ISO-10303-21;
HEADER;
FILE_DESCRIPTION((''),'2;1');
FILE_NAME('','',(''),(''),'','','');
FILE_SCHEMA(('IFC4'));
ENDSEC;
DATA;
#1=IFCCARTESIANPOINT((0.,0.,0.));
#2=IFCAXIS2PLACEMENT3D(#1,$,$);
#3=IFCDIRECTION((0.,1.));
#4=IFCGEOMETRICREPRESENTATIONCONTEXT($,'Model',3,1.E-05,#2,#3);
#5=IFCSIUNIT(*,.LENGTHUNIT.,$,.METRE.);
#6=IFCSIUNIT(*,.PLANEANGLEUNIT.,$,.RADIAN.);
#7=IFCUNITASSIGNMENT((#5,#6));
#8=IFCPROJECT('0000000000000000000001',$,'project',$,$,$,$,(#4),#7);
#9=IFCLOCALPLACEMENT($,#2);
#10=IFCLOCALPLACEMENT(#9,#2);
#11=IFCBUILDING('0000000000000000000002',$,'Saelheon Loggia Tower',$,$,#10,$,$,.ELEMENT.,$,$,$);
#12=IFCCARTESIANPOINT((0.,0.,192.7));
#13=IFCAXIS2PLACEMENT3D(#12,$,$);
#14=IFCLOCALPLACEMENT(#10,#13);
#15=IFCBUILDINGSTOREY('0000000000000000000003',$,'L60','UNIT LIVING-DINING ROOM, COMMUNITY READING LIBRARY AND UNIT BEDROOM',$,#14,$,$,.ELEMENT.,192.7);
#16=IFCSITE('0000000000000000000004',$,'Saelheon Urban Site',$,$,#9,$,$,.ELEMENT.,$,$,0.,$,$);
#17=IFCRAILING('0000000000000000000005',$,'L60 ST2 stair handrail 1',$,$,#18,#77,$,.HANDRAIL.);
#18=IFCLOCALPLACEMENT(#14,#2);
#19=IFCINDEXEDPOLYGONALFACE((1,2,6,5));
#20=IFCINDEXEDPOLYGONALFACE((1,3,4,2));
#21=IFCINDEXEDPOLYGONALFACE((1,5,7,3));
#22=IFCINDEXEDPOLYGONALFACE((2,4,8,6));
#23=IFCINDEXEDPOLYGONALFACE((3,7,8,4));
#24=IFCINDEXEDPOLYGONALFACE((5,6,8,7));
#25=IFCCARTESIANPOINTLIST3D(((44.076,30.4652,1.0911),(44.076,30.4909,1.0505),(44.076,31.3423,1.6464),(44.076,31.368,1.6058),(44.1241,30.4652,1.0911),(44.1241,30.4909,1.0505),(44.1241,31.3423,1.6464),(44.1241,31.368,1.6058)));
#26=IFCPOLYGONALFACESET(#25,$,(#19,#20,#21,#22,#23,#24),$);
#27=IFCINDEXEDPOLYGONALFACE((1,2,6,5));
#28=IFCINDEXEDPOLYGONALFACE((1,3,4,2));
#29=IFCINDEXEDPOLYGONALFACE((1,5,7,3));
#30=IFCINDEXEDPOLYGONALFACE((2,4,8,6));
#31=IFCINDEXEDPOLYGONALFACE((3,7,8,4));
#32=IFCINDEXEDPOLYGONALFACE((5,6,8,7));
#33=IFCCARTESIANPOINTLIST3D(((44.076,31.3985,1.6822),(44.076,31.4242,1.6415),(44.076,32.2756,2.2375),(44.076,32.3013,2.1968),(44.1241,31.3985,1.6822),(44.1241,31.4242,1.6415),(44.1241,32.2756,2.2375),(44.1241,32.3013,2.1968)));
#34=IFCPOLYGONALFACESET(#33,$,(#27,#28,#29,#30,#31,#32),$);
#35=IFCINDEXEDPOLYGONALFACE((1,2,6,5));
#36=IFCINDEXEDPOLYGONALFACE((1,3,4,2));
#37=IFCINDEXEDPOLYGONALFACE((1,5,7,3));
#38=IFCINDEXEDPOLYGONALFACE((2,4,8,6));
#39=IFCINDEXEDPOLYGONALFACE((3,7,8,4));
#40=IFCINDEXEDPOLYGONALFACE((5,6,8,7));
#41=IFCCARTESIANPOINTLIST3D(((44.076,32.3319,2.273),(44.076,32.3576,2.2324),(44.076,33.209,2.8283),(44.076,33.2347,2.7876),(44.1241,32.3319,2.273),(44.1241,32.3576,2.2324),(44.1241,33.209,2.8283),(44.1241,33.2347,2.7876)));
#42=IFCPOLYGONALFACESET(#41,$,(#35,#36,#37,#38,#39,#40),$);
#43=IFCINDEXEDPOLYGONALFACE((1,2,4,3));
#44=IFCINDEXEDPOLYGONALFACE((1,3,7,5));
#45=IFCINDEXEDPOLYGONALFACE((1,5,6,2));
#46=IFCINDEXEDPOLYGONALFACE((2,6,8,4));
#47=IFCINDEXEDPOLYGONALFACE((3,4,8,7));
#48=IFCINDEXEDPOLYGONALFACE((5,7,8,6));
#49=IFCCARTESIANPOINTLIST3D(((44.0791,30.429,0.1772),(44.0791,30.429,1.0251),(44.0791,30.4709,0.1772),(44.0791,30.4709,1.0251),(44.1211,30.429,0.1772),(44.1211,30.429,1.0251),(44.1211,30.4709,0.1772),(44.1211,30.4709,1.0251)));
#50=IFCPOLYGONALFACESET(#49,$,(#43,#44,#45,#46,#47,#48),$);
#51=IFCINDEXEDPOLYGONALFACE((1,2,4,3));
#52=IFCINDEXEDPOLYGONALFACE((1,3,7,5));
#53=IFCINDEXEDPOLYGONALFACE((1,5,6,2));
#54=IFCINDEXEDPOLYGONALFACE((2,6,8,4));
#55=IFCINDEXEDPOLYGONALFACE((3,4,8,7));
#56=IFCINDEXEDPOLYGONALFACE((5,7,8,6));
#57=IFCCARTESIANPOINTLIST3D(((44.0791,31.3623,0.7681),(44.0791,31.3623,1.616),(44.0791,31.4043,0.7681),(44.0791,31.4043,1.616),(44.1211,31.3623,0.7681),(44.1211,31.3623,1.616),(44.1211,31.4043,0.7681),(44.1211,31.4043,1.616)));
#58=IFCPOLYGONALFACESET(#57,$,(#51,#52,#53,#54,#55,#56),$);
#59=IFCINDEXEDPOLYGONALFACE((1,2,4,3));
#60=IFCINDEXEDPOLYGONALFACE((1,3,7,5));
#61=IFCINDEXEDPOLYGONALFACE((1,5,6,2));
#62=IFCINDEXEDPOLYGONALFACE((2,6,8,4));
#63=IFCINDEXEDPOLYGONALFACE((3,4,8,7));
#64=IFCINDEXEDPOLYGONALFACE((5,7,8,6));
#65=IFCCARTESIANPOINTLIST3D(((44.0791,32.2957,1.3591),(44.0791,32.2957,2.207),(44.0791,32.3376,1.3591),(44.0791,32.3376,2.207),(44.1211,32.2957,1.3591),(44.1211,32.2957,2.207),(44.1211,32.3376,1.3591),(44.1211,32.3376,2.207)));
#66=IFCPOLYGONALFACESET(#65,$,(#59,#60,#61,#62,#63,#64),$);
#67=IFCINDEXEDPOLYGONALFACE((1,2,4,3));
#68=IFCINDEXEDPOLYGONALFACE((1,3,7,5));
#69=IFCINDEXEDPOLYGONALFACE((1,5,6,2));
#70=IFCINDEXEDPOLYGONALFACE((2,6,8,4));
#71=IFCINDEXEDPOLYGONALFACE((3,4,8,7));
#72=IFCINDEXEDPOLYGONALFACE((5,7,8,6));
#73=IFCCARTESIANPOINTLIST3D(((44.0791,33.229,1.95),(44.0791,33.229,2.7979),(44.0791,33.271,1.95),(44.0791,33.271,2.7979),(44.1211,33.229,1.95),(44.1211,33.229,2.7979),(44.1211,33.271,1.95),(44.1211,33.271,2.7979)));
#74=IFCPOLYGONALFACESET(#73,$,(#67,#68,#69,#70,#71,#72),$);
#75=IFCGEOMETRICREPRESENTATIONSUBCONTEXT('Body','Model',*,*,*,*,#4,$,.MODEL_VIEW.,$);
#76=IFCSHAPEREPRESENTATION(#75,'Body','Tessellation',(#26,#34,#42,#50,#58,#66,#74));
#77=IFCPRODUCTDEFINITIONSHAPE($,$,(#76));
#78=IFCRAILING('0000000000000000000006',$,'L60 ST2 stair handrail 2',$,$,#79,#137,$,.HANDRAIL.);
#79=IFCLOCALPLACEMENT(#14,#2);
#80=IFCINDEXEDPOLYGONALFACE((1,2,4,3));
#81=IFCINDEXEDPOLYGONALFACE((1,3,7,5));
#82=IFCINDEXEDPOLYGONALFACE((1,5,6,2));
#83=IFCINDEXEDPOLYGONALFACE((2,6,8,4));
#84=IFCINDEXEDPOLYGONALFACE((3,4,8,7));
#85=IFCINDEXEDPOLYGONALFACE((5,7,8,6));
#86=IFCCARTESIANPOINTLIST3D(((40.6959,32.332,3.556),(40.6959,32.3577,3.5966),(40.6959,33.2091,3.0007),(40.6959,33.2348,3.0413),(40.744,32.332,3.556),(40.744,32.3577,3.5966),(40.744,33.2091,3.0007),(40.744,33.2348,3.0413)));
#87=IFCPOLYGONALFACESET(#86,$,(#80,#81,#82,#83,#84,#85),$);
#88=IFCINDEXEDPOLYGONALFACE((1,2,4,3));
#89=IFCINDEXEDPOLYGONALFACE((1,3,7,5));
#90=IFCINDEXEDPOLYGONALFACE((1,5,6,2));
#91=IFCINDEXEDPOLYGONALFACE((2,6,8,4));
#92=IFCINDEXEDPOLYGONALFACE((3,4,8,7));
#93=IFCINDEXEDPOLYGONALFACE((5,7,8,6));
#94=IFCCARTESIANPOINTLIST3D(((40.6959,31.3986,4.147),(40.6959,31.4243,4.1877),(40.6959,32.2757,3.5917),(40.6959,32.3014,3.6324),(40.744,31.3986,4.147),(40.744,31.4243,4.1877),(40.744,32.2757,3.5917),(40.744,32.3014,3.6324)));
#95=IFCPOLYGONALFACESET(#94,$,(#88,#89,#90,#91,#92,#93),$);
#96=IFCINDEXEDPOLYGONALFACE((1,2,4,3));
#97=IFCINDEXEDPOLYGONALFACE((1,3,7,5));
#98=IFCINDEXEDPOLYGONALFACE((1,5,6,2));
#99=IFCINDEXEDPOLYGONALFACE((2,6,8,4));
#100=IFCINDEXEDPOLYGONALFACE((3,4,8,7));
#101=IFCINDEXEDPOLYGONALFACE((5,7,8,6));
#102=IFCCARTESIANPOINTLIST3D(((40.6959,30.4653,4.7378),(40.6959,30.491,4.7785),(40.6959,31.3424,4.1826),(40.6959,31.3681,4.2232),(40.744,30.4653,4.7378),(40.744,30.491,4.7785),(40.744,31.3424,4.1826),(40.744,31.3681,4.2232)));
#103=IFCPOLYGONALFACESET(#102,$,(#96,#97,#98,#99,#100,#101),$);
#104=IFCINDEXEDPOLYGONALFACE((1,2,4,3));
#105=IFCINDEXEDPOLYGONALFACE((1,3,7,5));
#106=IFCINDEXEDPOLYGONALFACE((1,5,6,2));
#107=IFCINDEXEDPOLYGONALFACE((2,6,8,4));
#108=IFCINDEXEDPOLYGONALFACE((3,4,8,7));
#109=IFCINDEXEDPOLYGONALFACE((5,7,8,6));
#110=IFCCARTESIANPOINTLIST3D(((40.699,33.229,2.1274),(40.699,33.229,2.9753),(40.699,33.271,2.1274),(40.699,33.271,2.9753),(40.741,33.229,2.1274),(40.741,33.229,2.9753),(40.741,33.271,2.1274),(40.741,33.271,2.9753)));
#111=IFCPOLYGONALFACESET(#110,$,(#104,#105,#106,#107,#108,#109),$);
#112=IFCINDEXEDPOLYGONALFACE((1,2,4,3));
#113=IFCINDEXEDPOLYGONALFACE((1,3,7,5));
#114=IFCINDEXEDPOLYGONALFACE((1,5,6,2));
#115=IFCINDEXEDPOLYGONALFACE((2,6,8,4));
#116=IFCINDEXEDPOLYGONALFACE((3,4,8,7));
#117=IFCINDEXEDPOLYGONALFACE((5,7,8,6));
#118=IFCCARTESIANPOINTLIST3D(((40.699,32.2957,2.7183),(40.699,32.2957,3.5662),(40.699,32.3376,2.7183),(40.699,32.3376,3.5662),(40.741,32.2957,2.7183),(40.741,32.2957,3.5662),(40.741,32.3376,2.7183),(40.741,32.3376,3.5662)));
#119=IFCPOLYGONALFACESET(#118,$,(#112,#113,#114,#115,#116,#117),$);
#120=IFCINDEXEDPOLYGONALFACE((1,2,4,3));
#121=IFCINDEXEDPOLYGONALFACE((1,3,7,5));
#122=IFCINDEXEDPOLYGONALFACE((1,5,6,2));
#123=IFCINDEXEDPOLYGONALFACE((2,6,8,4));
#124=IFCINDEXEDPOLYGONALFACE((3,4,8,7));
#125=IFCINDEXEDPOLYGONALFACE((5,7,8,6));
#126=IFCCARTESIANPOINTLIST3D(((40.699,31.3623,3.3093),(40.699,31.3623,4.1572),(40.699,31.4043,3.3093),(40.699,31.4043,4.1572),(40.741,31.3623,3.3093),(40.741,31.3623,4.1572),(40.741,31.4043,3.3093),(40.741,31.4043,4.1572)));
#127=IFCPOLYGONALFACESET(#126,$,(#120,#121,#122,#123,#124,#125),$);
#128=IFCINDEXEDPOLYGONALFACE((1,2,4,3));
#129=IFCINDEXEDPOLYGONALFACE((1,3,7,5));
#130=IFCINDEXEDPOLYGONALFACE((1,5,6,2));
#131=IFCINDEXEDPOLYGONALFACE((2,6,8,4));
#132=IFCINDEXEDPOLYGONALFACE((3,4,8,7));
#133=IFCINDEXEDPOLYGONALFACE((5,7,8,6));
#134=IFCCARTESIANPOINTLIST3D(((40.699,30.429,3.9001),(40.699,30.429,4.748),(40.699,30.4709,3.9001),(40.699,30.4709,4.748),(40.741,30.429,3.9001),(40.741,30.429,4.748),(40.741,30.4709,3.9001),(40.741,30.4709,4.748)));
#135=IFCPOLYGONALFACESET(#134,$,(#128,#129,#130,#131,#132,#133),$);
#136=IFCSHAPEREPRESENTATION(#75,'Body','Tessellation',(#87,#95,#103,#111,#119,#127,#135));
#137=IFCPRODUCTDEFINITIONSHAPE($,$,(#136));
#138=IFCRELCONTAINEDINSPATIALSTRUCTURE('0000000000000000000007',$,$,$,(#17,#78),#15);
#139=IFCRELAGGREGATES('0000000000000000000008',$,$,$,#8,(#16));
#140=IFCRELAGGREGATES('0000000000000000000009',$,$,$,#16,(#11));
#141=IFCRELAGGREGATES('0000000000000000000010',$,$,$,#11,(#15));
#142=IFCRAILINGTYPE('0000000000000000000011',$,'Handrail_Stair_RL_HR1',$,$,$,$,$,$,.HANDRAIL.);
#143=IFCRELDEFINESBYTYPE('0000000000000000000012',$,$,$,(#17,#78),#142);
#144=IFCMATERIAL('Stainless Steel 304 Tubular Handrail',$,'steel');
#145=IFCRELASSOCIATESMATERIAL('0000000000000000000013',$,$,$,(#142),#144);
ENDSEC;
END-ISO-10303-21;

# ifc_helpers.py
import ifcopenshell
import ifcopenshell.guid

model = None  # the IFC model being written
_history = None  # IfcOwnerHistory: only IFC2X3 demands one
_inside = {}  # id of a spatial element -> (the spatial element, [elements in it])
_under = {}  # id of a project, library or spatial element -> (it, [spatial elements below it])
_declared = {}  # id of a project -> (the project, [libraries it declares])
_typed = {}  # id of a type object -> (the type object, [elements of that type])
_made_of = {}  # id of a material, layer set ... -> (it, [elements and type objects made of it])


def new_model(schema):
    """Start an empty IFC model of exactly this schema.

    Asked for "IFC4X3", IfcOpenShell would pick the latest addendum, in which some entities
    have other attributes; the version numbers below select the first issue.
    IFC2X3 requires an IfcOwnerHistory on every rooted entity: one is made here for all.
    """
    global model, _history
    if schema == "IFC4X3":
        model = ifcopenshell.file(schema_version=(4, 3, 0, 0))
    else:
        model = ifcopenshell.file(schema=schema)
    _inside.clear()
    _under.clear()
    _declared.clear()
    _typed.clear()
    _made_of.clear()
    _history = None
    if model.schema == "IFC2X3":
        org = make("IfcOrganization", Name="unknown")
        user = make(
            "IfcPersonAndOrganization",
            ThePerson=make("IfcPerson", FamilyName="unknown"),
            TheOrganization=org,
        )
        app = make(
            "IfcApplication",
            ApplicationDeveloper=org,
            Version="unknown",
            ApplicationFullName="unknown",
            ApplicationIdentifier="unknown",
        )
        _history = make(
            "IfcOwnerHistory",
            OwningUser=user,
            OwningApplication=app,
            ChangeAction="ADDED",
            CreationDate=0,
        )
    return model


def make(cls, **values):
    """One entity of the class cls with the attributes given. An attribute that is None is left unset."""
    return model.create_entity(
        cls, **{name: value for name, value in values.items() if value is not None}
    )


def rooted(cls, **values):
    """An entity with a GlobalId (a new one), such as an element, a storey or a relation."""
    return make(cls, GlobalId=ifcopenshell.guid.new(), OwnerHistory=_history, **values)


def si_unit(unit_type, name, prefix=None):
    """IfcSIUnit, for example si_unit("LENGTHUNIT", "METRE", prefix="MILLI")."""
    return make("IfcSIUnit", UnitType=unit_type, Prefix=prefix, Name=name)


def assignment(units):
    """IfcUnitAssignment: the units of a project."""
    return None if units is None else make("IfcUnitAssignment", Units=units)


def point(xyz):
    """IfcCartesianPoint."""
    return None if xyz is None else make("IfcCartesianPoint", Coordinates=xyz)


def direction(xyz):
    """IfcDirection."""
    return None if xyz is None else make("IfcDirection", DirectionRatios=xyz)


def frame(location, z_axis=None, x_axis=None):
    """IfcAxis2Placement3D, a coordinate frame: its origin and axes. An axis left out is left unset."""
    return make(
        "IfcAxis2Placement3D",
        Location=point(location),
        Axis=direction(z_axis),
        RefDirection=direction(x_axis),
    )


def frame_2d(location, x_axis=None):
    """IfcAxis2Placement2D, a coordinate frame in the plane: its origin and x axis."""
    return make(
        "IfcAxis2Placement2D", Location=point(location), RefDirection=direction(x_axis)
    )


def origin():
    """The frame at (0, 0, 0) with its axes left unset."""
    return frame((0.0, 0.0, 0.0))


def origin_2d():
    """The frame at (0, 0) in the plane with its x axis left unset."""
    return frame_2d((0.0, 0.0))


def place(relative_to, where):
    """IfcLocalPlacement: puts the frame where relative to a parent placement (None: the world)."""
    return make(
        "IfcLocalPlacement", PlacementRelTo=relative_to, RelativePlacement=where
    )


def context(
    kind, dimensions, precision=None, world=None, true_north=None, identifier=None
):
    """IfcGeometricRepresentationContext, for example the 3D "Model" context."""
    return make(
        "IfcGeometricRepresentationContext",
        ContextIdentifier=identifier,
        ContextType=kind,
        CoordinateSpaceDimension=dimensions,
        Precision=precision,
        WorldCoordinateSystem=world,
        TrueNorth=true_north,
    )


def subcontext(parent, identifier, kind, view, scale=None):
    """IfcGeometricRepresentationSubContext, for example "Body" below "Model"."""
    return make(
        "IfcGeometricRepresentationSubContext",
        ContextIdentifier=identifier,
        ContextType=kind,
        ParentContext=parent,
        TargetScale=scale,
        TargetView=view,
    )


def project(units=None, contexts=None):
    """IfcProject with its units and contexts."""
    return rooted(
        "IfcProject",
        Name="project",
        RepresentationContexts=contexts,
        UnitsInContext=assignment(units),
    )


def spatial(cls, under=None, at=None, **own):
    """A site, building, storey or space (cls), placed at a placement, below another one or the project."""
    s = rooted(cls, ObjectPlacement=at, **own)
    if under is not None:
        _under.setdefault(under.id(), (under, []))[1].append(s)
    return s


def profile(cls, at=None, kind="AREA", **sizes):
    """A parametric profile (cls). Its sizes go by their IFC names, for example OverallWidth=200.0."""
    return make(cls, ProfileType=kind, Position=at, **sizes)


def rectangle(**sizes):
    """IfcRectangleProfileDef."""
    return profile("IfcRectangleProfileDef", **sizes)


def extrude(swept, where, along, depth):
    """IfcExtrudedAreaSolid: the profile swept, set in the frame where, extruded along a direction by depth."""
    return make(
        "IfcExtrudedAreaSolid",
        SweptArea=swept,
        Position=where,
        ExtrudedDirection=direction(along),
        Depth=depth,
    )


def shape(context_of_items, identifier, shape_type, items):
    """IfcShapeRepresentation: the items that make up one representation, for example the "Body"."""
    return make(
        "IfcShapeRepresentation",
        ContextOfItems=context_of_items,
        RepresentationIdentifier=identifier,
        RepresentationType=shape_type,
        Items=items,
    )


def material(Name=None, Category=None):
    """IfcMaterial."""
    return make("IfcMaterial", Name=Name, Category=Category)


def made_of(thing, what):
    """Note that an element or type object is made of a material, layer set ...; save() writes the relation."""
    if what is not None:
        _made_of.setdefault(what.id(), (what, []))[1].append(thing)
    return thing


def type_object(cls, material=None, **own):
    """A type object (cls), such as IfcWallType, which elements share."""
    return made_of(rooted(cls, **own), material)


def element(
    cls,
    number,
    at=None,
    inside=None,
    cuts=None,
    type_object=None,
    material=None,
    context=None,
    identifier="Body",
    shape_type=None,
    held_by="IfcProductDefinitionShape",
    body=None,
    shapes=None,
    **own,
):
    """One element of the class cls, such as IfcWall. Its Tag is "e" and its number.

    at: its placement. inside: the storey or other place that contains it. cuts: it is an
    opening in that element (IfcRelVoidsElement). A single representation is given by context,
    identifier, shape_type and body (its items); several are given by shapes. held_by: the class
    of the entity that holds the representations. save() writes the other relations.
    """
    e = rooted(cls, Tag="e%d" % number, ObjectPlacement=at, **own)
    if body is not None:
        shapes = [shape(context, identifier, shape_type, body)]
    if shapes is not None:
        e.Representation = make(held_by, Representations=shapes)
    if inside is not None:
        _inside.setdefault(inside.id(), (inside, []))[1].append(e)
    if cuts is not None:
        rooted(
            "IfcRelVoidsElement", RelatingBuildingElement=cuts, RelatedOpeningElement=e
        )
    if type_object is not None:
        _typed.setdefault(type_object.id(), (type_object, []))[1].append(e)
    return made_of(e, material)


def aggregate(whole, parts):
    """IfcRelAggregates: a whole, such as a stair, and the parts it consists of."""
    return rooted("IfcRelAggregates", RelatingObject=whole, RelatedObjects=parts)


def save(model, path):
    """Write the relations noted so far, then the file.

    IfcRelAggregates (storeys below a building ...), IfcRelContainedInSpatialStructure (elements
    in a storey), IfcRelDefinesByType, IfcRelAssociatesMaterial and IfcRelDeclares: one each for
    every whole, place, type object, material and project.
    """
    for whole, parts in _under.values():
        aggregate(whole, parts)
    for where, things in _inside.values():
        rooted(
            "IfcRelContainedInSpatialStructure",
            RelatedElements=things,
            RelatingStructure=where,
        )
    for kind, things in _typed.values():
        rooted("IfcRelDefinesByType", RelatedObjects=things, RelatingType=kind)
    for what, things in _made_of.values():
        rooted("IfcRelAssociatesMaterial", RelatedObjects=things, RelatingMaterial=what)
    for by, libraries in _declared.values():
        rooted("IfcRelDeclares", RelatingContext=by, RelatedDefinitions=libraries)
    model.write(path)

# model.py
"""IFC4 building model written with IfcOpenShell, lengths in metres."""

from ifc_helpers import new_model, si_unit, direction, frame, origin, origin_2d, place, context, subcontext, project, spatial, rectangle, extrude, material, type_object, element, save


model = new_model("IFC4")

# Units and contexts
model_context = context("Model", 3, precision=1e-05, world=origin(), true_north=direction((0.0, 1.0)))
body_context = subcontext(model_context, "Body", "Model", "MODEL_VIEW")
ifc_project = project(units=[si_unit("LENGTHUNIT", "METRE"), si_unit("PLANEANGLEUNIT", "RADIAN")], contexts=[model_context])

# Site, building, storey
site_placement = place(None, origin())
site = spatial("IfcSite", under=ifc_project, at=site_placement, Name="Saelheon Urban Site", CompositionType="ELEMENT", RefElevation=0.0)
building_placement = place(site_placement, origin())
building = spatial("IfcBuilding", under=site, at=building_placement, Name="Saelheon Loggia Tower", CompositionType="ELEMENT")
storey_placement = place(building_placement, frame((0.0, 0.0, 192.7)))
storey = spatial("IfcBuildingStorey", under=building, at=storey_placement, Name="L60", Description="UNIT LIVING-DINING ROOM, COMMUNITY READING LIBRARY AND UNIT BEDROOM", CompositionType="ELEMENT", Elevation=192.7)

# Railings
ifc_material_1 = material(Name="Stainless Steel 304 Tubular Handrail", Category="steel")
railing_type_1 = type_object("IfcRailingType", Name="Handrail_Stair_RL_HR1", PredefinedType="HANDRAIL", material=ifc_material_1)
railing_1_placement = place(storey_placement, frame((44.1001, 30.45, 0.1772)))
element("IfcRailing", 1, at=railing_1_placement, inside=storey, type_object=railing_type_1, Name="L60 ST2 stair handrail 1", PredefinedType="HANDRAIL", context=body_context, shape_type="SweptSolid", body=[
    extrude(rectangle(XDim=0.0481, YDim=0.0481, at=origin_2d()), frame((0.0, 0.0281, 0.8936), z_axis=(0.0, 0.844909, 0.53491), x_axis=(-1.0, 0.0, 0.0)), (0.0, 0.0, 1.0), 1.0381),
    extrude(rectangle(XDim=0.0481, YDim=0.0481, at=origin_2d()), frame((0.0, 0.9614, 1.4846), z_axis=(0.0, 0.844909, 0.53491), x_axis=(-1.0, 0.0, 0.0)), (0.0, 0.0, 1.0), 1.0381),
    extrude(rectangle(XDim=0.0481, YDim=0.0481, at=origin_2d()), frame((0.0, 1.8948, 2.0754), z_axis=(0.0, 0.844909, 0.53491), x_axis=(-1.0, 0.0, 0.0)), (0.0, 0.0, 1.0), 1.0381),
    extrude(rectangle(XDim=0.042, YDim=0.042, at=origin_2d()), origin(), (0.0, 0.0, 1.0), 0.8479),
    extrude(rectangle(XDim=0.042, YDim=0.042, at=origin_2d()), frame((0.0, 0.9333, 0.5908)), (0.0, 0.0, 1.0), 0.8479),
    extrude(rectangle(XDim=0.042, YDim=0.042, at=origin_2d()), frame((0.0, 1.8667, 1.1819)), (0.0, 0.0, 1.0), 0.8479),
    extrude(rectangle(XDim=0.042, YDim=0.042, at=origin_2d()), frame((0.0, 2.8, 1.7727)), (0.0, 0.0, 1.0), 0.8479),
])
railing_2_placement = place(storey_placement, frame((40.72, 33.25, 2.1274)))
element("IfcRailing", 2, at=railing_2_placement, inside=storey, type_object=railing_type_1, Name="L60 ST2 stair handrail 2", PredefinedType="HANDRAIL", context=body_context, shape_type="SweptSolid", body=[
    extrude(rectangle(XDim=0.0481, YDim=0.0481, at=origin_2d()), frame((0.0, -0.0281, 0.8936), z_axis=(0.0, -0.844909, 0.53491), x_axis=(1.0, 0.0, 0.0)), (0.0, 0.0, 1.0), 1.0381),
    extrude(rectangle(XDim=0.0481, YDim=0.0481, at=origin_2d()), frame((0.0, -0.9614, 1.4846), z_axis=(0.0, -0.844909, 0.53491), x_axis=(1.0, 0.0, 0.0)), (0.0, 0.0, 1.0), 1.0381),
    extrude(rectangle(XDim=0.0481, YDim=0.0481, at=origin_2d()), frame((0.0, -1.8948, 2.0754), z_axis=(0.0, -0.844909, 0.53491), x_axis=(1.0, 0.0, 0.0)), (0.0, 0.0, 1.0), 1.0381),
    extrude(rectangle(XDim=0.042, YDim=0.042, at=origin_2d()), origin(), (0.0, 0.0, 1.0), 0.8479),
    extrude(rectangle(XDim=0.042, YDim=0.042, at=origin_2d()), frame((0.0, -0.9333, 0.5908)), (0.0, 0.0, 1.0), 0.8479),
    extrude(rectangle(XDim=0.042, YDim=0.042, at=origin_2d()), frame((0.0, -1.8667, 1.1819)), (0.0, 0.0, 1.0), 0.8479),
    extrude(rectangle(XDim=0.042, YDim=0.042, at=origin_2d()), frame((0.0, -2.8, 1.7727)), (0.0, 0.0, 1.0), 0.8479),
])

save(model, "model.ifc")
